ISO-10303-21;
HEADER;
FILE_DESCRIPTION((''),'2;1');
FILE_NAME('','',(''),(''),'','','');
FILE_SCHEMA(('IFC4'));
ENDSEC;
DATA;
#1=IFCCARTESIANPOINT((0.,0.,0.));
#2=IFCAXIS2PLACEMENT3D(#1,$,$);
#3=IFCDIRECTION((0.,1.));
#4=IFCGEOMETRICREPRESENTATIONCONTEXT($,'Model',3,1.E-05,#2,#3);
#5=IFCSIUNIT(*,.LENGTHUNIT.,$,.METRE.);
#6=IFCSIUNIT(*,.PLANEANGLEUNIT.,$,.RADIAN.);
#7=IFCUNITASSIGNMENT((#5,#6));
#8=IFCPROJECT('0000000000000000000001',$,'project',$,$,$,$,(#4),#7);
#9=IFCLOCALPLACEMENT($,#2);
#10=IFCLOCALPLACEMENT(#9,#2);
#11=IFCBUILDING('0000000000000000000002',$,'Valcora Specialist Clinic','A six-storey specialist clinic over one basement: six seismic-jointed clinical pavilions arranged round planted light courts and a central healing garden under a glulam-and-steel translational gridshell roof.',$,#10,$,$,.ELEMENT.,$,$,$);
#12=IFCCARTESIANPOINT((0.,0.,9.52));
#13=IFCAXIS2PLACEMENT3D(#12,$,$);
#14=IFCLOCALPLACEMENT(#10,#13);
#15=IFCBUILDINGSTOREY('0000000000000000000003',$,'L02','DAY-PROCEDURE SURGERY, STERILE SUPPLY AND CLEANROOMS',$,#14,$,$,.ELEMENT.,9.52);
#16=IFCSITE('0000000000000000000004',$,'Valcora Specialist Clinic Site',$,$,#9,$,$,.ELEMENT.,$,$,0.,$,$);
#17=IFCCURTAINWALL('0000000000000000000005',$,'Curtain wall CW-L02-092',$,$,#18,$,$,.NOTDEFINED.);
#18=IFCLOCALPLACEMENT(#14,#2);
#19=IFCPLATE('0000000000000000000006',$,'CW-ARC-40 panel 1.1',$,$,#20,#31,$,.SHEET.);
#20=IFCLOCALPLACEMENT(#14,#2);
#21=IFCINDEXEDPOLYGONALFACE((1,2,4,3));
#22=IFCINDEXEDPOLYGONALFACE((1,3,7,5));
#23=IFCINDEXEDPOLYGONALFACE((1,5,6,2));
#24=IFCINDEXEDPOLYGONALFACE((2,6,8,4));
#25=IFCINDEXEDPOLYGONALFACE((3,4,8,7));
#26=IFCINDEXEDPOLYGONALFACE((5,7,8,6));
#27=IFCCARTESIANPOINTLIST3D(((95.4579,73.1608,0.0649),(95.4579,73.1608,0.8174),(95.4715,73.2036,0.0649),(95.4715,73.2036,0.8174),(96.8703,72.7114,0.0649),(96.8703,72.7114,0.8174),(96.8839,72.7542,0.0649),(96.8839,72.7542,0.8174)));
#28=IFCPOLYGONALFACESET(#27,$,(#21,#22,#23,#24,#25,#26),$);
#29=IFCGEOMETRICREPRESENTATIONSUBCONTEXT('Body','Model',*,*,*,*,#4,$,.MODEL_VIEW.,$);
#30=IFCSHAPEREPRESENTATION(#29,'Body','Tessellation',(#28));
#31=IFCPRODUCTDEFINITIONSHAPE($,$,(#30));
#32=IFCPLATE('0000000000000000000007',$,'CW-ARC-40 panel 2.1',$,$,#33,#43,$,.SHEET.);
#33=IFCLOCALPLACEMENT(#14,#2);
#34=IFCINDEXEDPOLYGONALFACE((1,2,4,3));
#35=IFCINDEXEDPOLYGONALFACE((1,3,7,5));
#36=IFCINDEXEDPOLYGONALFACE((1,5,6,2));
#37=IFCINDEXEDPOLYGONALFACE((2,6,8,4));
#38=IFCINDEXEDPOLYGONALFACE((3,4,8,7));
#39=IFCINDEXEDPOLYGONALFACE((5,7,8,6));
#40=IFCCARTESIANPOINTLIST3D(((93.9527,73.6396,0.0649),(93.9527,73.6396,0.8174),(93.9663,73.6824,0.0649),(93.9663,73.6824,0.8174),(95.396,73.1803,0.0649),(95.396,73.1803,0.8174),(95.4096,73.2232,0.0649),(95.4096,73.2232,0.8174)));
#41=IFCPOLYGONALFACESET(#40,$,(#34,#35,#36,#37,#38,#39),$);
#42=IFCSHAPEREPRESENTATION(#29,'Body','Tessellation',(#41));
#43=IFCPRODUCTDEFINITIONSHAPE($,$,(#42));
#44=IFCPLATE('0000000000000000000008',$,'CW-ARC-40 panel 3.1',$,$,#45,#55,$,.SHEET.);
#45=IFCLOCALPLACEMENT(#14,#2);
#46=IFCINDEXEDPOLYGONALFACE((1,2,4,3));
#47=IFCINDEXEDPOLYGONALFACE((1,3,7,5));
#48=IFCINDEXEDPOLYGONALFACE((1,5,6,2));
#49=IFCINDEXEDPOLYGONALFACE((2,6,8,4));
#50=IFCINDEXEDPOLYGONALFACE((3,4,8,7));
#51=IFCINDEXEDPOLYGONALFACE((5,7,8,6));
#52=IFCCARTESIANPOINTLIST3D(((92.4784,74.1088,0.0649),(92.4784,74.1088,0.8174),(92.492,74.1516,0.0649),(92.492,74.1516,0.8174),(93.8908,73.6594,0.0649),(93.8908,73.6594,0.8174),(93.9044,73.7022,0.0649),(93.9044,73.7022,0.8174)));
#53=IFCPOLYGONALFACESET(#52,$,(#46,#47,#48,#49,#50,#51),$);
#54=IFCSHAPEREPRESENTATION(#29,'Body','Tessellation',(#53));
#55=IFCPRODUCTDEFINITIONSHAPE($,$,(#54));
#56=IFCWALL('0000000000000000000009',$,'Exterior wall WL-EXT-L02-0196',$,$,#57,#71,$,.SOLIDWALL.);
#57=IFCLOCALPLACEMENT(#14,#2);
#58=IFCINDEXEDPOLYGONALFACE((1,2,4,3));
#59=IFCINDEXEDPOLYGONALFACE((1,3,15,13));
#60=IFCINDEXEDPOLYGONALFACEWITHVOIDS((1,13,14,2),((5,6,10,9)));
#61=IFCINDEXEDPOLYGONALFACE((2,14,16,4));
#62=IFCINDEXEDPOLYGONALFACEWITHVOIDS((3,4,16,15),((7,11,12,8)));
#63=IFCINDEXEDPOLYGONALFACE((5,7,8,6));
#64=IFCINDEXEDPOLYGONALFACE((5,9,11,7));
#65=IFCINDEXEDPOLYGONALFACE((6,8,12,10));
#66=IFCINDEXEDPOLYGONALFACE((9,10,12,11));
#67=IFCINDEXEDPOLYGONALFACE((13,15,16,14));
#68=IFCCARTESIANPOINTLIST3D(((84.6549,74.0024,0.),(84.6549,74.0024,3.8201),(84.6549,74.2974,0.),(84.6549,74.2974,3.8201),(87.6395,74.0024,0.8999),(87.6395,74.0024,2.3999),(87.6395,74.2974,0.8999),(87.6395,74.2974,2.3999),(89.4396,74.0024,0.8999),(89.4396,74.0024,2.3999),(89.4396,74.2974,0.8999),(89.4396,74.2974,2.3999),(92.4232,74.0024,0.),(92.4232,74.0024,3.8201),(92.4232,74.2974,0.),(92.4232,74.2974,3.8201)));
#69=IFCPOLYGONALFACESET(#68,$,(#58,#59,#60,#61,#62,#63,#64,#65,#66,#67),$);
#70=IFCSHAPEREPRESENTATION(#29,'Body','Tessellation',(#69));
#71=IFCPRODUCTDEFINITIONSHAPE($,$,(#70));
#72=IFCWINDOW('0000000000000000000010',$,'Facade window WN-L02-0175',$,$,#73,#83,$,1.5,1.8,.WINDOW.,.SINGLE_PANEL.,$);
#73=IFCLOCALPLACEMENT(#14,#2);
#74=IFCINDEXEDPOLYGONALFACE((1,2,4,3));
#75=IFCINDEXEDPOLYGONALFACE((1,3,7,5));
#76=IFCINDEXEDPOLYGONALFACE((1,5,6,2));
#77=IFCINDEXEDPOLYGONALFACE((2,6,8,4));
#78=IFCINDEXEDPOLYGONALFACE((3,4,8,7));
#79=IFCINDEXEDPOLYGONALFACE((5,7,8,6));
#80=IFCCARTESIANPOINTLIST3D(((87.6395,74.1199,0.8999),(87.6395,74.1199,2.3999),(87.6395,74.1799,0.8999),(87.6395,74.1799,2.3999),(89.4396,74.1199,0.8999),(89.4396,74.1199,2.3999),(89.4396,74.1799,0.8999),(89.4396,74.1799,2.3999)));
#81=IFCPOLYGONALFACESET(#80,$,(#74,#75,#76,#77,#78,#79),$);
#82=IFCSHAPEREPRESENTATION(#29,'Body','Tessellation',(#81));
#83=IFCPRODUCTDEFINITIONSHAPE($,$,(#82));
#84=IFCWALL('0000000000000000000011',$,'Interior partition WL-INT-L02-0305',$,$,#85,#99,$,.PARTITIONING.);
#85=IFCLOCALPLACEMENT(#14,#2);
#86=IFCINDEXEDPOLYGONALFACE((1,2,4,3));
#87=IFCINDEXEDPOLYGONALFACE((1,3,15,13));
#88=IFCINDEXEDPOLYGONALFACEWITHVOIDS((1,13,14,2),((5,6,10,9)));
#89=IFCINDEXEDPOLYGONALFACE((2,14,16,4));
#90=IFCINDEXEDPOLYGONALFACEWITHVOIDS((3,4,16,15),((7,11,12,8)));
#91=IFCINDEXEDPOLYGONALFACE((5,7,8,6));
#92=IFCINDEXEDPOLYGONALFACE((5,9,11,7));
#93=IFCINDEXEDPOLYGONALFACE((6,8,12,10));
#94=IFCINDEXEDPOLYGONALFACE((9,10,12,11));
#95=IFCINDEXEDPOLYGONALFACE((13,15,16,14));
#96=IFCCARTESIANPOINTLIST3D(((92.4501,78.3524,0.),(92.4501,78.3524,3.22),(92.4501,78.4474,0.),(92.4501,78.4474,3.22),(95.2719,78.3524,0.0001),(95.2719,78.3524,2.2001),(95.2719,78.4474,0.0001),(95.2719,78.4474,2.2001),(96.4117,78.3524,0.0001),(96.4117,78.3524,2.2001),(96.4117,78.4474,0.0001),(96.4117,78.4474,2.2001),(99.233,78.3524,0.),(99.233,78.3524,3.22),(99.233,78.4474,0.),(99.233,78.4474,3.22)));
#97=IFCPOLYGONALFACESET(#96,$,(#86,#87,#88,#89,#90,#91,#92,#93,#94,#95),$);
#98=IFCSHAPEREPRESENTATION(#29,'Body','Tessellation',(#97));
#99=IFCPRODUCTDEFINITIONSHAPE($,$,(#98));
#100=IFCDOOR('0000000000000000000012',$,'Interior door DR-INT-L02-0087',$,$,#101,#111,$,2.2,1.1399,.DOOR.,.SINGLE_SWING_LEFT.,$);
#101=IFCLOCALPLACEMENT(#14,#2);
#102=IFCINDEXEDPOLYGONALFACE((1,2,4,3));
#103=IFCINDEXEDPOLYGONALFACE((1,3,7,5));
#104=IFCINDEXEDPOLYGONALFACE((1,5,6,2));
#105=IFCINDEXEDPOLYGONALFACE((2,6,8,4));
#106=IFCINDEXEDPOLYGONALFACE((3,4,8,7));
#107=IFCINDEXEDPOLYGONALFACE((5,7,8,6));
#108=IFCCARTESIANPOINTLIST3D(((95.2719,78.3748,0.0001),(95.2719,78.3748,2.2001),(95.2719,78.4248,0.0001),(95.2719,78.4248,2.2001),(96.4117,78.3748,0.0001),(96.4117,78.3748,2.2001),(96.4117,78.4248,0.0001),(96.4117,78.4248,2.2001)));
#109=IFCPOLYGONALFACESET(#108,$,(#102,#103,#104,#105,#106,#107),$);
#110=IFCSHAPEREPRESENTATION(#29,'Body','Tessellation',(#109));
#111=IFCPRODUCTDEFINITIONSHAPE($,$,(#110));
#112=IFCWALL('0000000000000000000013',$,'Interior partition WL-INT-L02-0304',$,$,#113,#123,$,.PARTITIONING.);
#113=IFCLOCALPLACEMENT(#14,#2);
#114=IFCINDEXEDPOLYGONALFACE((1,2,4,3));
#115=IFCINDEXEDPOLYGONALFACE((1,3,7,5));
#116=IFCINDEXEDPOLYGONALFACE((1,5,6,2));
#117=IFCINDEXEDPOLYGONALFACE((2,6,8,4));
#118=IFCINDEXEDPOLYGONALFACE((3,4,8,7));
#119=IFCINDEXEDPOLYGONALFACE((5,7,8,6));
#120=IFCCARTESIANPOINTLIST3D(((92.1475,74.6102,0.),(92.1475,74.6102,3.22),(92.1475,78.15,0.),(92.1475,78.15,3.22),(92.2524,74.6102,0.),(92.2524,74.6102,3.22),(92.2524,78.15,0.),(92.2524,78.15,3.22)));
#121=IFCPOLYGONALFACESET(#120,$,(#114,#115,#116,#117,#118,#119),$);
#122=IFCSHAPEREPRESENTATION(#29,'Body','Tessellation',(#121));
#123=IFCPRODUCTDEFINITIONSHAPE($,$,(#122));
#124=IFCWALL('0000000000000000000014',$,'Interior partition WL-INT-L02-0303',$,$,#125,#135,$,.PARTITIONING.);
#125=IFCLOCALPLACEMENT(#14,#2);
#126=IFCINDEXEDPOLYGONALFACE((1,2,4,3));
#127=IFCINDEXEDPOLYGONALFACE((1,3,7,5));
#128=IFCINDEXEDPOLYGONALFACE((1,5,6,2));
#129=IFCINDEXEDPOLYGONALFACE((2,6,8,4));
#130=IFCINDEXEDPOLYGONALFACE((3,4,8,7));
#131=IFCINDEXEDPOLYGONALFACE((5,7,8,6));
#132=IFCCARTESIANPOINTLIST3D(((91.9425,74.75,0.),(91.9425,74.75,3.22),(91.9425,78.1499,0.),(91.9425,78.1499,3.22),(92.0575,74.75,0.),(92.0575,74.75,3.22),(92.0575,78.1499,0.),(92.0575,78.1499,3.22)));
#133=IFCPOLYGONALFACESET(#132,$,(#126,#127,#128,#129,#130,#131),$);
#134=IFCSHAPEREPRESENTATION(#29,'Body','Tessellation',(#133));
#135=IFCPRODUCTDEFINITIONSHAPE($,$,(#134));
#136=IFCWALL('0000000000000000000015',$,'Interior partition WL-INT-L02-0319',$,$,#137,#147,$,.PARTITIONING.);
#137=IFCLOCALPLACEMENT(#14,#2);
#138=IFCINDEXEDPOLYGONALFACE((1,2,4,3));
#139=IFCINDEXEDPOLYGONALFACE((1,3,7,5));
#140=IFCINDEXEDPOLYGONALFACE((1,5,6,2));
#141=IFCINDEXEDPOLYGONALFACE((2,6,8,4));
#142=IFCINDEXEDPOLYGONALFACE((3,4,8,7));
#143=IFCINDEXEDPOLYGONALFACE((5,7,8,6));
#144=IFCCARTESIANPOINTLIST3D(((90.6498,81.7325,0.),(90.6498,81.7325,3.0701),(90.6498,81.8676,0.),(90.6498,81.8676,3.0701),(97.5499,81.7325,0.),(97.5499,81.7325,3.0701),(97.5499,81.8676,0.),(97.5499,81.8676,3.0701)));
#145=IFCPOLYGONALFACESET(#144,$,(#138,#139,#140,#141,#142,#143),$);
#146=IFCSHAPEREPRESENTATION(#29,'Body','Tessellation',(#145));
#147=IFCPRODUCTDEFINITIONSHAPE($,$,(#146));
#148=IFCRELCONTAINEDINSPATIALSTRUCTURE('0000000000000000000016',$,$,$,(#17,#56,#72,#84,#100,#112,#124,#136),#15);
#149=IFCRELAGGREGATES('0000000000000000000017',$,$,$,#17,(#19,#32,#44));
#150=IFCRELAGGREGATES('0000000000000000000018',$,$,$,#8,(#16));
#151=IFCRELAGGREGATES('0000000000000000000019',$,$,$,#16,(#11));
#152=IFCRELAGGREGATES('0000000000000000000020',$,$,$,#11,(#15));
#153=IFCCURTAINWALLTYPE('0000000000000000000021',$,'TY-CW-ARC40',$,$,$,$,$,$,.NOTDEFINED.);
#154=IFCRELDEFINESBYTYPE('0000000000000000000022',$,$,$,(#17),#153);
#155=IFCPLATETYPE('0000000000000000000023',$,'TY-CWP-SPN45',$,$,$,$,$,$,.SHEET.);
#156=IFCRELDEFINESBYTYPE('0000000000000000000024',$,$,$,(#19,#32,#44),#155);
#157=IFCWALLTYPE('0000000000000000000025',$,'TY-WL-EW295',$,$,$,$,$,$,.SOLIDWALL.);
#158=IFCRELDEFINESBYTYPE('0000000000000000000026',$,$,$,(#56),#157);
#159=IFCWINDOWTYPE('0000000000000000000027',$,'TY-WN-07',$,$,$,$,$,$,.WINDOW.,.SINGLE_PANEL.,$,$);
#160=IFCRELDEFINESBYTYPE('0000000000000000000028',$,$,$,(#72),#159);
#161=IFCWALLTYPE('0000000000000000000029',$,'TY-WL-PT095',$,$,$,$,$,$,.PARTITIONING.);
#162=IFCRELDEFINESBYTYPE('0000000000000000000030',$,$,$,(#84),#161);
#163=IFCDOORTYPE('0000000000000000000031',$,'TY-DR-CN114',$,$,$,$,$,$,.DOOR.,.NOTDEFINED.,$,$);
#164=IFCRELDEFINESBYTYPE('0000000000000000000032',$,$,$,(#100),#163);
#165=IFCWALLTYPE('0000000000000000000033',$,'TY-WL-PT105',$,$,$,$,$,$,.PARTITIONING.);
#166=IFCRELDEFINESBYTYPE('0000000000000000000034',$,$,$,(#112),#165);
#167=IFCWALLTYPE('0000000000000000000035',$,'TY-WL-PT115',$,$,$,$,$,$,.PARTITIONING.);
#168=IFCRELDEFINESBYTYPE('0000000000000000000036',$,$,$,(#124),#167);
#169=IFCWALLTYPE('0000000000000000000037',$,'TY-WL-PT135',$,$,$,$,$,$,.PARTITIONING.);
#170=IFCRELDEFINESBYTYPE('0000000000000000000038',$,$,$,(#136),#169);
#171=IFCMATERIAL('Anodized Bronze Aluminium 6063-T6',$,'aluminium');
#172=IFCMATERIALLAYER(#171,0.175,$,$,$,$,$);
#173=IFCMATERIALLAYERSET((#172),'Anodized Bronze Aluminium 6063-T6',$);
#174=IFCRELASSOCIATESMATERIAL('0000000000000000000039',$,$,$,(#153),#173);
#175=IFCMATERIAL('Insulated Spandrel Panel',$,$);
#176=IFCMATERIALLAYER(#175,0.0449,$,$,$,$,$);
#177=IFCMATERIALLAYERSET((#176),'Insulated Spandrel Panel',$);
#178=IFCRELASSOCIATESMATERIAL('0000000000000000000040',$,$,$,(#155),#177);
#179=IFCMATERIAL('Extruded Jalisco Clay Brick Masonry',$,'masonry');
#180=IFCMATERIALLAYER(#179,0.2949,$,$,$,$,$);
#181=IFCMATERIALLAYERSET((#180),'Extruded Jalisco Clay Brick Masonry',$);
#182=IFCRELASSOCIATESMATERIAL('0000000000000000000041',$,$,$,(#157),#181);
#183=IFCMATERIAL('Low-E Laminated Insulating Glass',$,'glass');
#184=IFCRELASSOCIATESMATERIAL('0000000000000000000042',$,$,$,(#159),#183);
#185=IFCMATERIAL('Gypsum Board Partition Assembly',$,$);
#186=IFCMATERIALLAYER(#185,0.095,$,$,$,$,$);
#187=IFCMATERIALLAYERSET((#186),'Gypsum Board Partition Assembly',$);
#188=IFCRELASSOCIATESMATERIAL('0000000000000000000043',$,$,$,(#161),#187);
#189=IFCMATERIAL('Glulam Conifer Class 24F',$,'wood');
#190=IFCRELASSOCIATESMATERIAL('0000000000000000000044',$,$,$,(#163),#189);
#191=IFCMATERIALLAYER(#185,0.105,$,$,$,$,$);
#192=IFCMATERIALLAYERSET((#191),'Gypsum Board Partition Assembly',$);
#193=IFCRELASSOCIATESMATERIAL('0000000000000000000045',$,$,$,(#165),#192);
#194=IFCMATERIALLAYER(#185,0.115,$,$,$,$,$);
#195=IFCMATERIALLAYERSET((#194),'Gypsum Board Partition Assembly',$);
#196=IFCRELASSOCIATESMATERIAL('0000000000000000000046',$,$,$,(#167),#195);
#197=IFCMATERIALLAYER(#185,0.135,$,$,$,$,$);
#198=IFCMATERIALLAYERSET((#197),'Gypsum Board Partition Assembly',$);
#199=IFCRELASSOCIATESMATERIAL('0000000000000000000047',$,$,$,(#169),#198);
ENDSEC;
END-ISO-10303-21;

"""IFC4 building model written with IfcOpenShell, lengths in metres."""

from ifc_helpers import new_model, si_unit, direction, frame, frame_2d, origin, origin_2d, place, context, subcontext, project, spatial, rectangle, extrude, material, layer, layer_set, type_object, element, fill, aggregate, save


model = new_model("IFC4")

# Units and contexts
model_context = context("Model", 3, precision=1e-05, world=origin(), true_north=direction((0.0, 1.0)))
body_context = subcontext(model_context, "Body", "Model", "MODEL_VIEW")
ifc_project = project(units=[si_unit("LENGTHUNIT", "METRE"), si_unit("PLANEANGLEUNIT", "RADIAN")], contexts=[model_context])

# Site, building, storey
site_placement = place(None, origin())
site = spatial("IfcSite", under=ifc_project, at=site_placement, Name="Valcora Specialist Clinic Site", CompositionType="ELEMENT", RefElevation=0.0)
building_placement = place(site_placement, origin())
building = spatial("IfcBuilding", under=site, at=building_placement, Name="Valcora Specialist Clinic", Description="A six-storey specialist clinic over one basement: six seismic-jointed clinical pavilions arranged round planted light courts and a central healing garden under a glulam-and-steel translational gridshell roof.", CompositionType="ELEMENT")
storey_placement = place(building_placement, frame((0.0, 0.0, 9.52)))
storey = spatial("IfcBuildingStorey", under=building, at=storey_placement, Name="L02", Description="DAY-PROCEDURE SURGERY, STERILE SUPPLY AND CLEANROOMS", CompositionType="ELEMENT", Elevation=9.52)

# Shared definitions
ifc_material_1 = material(Name="Anodized Bronze Aluminium 6063-T6", Category="aluminium")
ifc_layer_1 = layer(ifc_material_1, 0.175)
ifc_layer_set_1 = layer_set([ifc_layer_1], Name="Anodized Bronze Aluminium 6063-T6")
curtain_wall_type = type_object("IfcCurtainWallType", Name="TY-CW-ARC40", PredefinedType="NOTDEFINED", material=ifc_layer_set_1)

# Curtain wall, plates
curtain_wall_1_placement = place(storey_placement, origin())
curtain_wall_1 = element("IfcCurtainWall", 1, at=curtain_wall_1_placement, inside=storey, type_object=curtain_wall_type, Name="Curtain wall CW-L02-092", PredefinedType="NOTDEFINED")
ifc_material_2 = material(Name="Low-E Laminated Insulating Glass", Category="glass")
ifc_material_3 = material(Name="Insulated Spandrel Panel")
ifc_layer_2 = layer(ifc_material_3, 0.0449)
ifc_layer_set_2 = layer_set([ifc_layer_2], Name="Insulated Spandrel Panel")
plate_type_1 = type_object("IfcPlateType", Name="TY-CWP-SPN45", PredefinedType="SHEET", material=ifc_layer_set_2)
plate_1_placement = place(storey_placement, frame((96.1709, 72.9575, 0.0649), z_axis=(0.0, 0.0, 1.0), x_axis=(-0.952916, 0.303233, 0.0)))
plate_1 = element("IfcPlate", 2, at=plate_1_placement, type_object=plate_type_1, Name="CW-ARC-40 panel 1.1", PredefinedType="SHEET", context=body_context, shape_type="SweptSolid", body=[
    extrude(rectangle(XDim=1.4822, YDim=0.0449, at=origin_2d()), origin(), (0.0, 0.0, 1.0), 0.7524),
])
plate_2_placement = place(storey_placement, frame((94.6812, 73.4314, 0.0649), z_axis=(0.0, 0.0, 1.0), x_axis=(-0.952916, 0.303233, 0.0)))
plate_2 = element("IfcPlate", 3, at=plate_2_placement, type_object=plate_type_1, Name="CW-ARC-40 panel 2.1", PredefinedType="SHEET", context=body_context, shape_type="SweptSolid", body=[
    extrude(rectangle(XDim=1.5146, YDim=0.0449, at=origin_2d()), origin(), (0.0, 0.0, 1.0), 0.7524),
])
plate_3_placement = place(storey_placement, frame((93.1914, 73.9055, 0.0649), z_axis=(0.0, 0.0, 1.0), x_axis=(-0.952916, 0.303233, 0.0)))
plate_3 = element("IfcPlate", 4, at=plate_3_placement, type_object=plate_type_1, Name="CW-ARC-40 panel 3.1", PredefinedType="SHEET", context=body_context, shape_type="SweptSolid", body=[
    extrude(rectangle(XDim=1.4822, YDim=0.0449, at=origin_2d()), origin(), (0.0, 0.0, 1.0), 0.7524),
])
aggregate(curtain_wall_1, [plate_1, plate_2, plate_3])

# Wall, opening, window
ifc_material_4 = material(Name="Extruded Jalisco Clay Brick Masonry", Category="masonry")
ifc_layer_3 = layer(ifc_material_4, 0.2949)
ifc_layer_set_3 = layer_set([ifc_layer_3], Name="Extruded Jalisco Clay Brick Masonry")
wall_type_1 = type_object("IfcWallType", Name="TY-WL-EW295", PredefinedType="SOLIDWALL", material=ifc_layer_set_3)
wall_1_placement = place(storey_placement, frame((92.4233, 74.1499, 0.0), z_axis=(0.0, 0.0, 1.0), x_axis=(-1.0, 0.0, 0.0)))
wall_1 = element("IfcWall", 5, at=wall_1_placement, inside=storey, type_object=wall_type_1, Name="Exterior wall WL-EXT-L02-0196", PredefinedType="SOLIDWALL", context=body_context, shape_type="SweptSolid", body=[
    extrude(rectangle(XDim=7.7683, YDim=0.2949, at=frame_2d((3.8843, 0.0))), origin(), (0.0, 0.0, 1.0), 3.8201),
])
opening_1_placement = place(wall_1_placement, frame((2.9839, 0.0, 0.8999)))
opening_1 = element("IfcOpeningElement", 6, at=opening_1_placement, cuts=wall_1, PredefinedType="OPENING", context=body_context, shape_type="SweptSolid", body=[
    extrude(rectangle(XDim=1.8, YDim=1.5, at=frame_2d((0.8999, 0.75))), frame((0.0, 0.1575, 0.0), z_axis=(0.0, -1.0, 0.0), x_axis=(1.0, 0.0, 0.0)), (0.0, 0.0, 1.0), 0.3149),
])
window_type = type_object("IfcWindowType", Name="TY-WN-07", PartitioningType="SINGLE_PANEL", PredefinedType="WINDOW", material=ifc_material_2)
window_placement = place(opening_1_placement, origin())
window = element("IfcWindow", 7, at=window_placement, inside=storey, type_object=window_type, Name="Facade window WN-L02-0175", OverallHeight=1.5, OverallWidth=1.8, PartitioningType="SINGLE_PANEL", PredefinedType="WINDOW", context=body_context, shape_type="SweptSolid", body=[
    extrude(rectangle(XDim=1.8, YDim=1.5, at=frame_2d((0.8999, 0.75))), frame((0.0, 0.03, 0.0), z_axis=(0.0, -1.0, 0.0), x_axis=(1.0, 0.0, 0.0)), (0.0, 0.0, 1.0), 0.0601),
])
fill(opening_1, window)

# Wall, opening, door
ifc_material_5 = material(Name="Gypsum Board Partition Assembly")
ifc_layer_4 = layer(ifc_material_5, 0.095)
ifc_layer_set_4 = layer_set([ifc_layer_4], Name="Gypsum Board Partition Assembly")
wall_type_2 = type_object("IfcWallType", Name="TY-WL-PT095", PredefinedType="PARTITIONING", material=ifc_layer_set_4)
wall_2_placement = place(storey_placement, frame((92.45, 78.3999, 0.0), z_axis=(0.0, 0.0, 1.0), x_axis=(1.0, 0.0, 0.0)))
wall_2 = element("IfcWall", 8, at=wall_2_placement, inside=storey, type_object=wall_type_2, Name="Interior partition WL-INT-L02-0305", PredefinedType="PARTITIONING", context=body_context, shape_type="SweptSolid", body=[
    extrude(rectangle(XDim=6.783, YDim=0.095, at=frame_2d((3.3916, 0.0))), origin(), (0.0, 0.0, 1.0), 3.22),
])
opening_2_placement = place(wall_2_placement, frame((2.822, 0.0, 0.0)))
opening_2 = element("IfcOpeningElement", 9, at=opening_2_placement, cuts=wall_2, PredefinedType="OPENING", context=body_context, shape_type="SweptSolid", body=[
    extrude(rectangle(XDim=1.1399, YDim=2.2, at=frame_2d((0.5698, 1.1001))), frame((0.0, 0.0574, 0.0), z_axis=(0.0, -1.0, 0.0), x_axis=(1.0, 0.0, 0.0)), (0.0, 0.0, 1.0), 0.115),
])
ifc_material_6 = material(Name="Glulam Conifer Class 24F", Category="wood")
door_type = type_object("IfcDoorType", Name="TY-DR-CN114", OperationType="NOTDEFINED", PredefinedType="DOOR", material=ifc_material_6)
door_placement = place(opening_2_placement, origin())
door = element("IfcDoor", 10, at=door_placement, inside=storey, type_object=door_type, Name="Interior door DR-INT-L02-0087", OperationType="SINGLE_SWING_LEFT", OverallHeight=2.2, OverallWidth=1.1399, PredefinedType="DOOR", context=body_context, shape_type="SweptSolid", body=[
    extrude(rectangle(XDim=1.1399, YDim=2.2, at=frame_2d((0.5698, 1.1001))), frame((0.0, 0.0249, 0.0), z_axis=(0.0, -1.0, 0.0), x_axis=(1.0, 0.0, 0.0)), (0.0, 0.0, 1.0), 0.05),
])
fill(opening_2, door)

# Walls
ifc_layer_5 = layer(ifc_material_5, 0.105)
ifc_layer_set_5 = layer_set([ifc_layer_5], Name="Gypsum Board Partition Assembly")
wall_type_3 = type_object("IfcWallType", Name="TY-WL-PT105", PredefinedType="PARTITIONING", material=ifc_layer_set_5)
wall_3_placement = place(storey_placement, frame((92.2, 74.6101, 0.0), z_axis=(0.0, 0.0, 1.0), x_axis=(0.0, 1.0, 0.0)))
element("IfcWall", 11, at=wall_3_placement, inside=storey, type_object=wall_type_3, Name="Interior partition WL-INT-L02-0304", PredefinedType="PARTITIONING", context=body_context, shape_type="SweptSolid", body=[
    extrude(rectangle(XDim=3.5398, YDim=0.105, at=frame_2d((1.77, 0.0))), origin(), (0.0, 0.0, 1.0), 3.22),
])
ifc_layer_6 = layer(ifc_material_5, 0.115)
ifc_layer_set_6 = layer_set([ifc_layer_6], Name="Gypsum Board Partition Assembly")
wall_type_4 = type_object("IfcWallType", Name="TY-WL-PT115", PredefinedType="PARTITIONING", material=ifc_layer_set_6)
wall_4_placement = place(storey_placement, frame((92.0, 78.1499, 0.0), z_axis=(0.0, 0.0, 1.0), x_axis=(0.0, -1.0, 0.0)))
element("IfcWall", 12, at=wall_4_placement, inside=storey, type_object=wall_type_4, Name="Interior partition WL-INT-L02-0303", PredefinedType="PARTITIONING", context=body_context, shape_type="SweptSolid", body=[
    extrude(rectangle(XDim=3.3999, YDim=0.115, at=frame_2d((1.7, 0.0))), origin(), (0.0, 0.0, 1.0), 3.22),
])
ifc_layer_7 = layer(ifc_material_5, 0.135)
ifc_layer_set_7 = layer_set([ifc_layer_7], Name="Gypsum Board Partition Assembly")
wall_type_5 = type_object("IfcWallType", Name="TY-WL-PT135", PredefinedType="PARTITIONING", material=ifc_layer_set_7)
wall_5_placement = place(storey_placement, frame((97.55, 81.8, 0.0), z_axis=(0.0, 0.0, 1.0), x_axis=(-1.0, 0.0, 0.0)))
element("IfcWall", 13, at=wall_5_placement, inside=storey, type_object=wall_type_5, Name="Interior partition WL-INT-L02-0319", PredefinedType="PARTITIONING", context=body_context, shape_type="SweptSolid", body=[
    extrude(rectangle(XDim=6.9001, YDim=0.135, at=frame_2d((3.4502, 0.0))), origin(), (0.0, 0.0, 1.0), 3.0701),
])

save(model, "model.ifc")
